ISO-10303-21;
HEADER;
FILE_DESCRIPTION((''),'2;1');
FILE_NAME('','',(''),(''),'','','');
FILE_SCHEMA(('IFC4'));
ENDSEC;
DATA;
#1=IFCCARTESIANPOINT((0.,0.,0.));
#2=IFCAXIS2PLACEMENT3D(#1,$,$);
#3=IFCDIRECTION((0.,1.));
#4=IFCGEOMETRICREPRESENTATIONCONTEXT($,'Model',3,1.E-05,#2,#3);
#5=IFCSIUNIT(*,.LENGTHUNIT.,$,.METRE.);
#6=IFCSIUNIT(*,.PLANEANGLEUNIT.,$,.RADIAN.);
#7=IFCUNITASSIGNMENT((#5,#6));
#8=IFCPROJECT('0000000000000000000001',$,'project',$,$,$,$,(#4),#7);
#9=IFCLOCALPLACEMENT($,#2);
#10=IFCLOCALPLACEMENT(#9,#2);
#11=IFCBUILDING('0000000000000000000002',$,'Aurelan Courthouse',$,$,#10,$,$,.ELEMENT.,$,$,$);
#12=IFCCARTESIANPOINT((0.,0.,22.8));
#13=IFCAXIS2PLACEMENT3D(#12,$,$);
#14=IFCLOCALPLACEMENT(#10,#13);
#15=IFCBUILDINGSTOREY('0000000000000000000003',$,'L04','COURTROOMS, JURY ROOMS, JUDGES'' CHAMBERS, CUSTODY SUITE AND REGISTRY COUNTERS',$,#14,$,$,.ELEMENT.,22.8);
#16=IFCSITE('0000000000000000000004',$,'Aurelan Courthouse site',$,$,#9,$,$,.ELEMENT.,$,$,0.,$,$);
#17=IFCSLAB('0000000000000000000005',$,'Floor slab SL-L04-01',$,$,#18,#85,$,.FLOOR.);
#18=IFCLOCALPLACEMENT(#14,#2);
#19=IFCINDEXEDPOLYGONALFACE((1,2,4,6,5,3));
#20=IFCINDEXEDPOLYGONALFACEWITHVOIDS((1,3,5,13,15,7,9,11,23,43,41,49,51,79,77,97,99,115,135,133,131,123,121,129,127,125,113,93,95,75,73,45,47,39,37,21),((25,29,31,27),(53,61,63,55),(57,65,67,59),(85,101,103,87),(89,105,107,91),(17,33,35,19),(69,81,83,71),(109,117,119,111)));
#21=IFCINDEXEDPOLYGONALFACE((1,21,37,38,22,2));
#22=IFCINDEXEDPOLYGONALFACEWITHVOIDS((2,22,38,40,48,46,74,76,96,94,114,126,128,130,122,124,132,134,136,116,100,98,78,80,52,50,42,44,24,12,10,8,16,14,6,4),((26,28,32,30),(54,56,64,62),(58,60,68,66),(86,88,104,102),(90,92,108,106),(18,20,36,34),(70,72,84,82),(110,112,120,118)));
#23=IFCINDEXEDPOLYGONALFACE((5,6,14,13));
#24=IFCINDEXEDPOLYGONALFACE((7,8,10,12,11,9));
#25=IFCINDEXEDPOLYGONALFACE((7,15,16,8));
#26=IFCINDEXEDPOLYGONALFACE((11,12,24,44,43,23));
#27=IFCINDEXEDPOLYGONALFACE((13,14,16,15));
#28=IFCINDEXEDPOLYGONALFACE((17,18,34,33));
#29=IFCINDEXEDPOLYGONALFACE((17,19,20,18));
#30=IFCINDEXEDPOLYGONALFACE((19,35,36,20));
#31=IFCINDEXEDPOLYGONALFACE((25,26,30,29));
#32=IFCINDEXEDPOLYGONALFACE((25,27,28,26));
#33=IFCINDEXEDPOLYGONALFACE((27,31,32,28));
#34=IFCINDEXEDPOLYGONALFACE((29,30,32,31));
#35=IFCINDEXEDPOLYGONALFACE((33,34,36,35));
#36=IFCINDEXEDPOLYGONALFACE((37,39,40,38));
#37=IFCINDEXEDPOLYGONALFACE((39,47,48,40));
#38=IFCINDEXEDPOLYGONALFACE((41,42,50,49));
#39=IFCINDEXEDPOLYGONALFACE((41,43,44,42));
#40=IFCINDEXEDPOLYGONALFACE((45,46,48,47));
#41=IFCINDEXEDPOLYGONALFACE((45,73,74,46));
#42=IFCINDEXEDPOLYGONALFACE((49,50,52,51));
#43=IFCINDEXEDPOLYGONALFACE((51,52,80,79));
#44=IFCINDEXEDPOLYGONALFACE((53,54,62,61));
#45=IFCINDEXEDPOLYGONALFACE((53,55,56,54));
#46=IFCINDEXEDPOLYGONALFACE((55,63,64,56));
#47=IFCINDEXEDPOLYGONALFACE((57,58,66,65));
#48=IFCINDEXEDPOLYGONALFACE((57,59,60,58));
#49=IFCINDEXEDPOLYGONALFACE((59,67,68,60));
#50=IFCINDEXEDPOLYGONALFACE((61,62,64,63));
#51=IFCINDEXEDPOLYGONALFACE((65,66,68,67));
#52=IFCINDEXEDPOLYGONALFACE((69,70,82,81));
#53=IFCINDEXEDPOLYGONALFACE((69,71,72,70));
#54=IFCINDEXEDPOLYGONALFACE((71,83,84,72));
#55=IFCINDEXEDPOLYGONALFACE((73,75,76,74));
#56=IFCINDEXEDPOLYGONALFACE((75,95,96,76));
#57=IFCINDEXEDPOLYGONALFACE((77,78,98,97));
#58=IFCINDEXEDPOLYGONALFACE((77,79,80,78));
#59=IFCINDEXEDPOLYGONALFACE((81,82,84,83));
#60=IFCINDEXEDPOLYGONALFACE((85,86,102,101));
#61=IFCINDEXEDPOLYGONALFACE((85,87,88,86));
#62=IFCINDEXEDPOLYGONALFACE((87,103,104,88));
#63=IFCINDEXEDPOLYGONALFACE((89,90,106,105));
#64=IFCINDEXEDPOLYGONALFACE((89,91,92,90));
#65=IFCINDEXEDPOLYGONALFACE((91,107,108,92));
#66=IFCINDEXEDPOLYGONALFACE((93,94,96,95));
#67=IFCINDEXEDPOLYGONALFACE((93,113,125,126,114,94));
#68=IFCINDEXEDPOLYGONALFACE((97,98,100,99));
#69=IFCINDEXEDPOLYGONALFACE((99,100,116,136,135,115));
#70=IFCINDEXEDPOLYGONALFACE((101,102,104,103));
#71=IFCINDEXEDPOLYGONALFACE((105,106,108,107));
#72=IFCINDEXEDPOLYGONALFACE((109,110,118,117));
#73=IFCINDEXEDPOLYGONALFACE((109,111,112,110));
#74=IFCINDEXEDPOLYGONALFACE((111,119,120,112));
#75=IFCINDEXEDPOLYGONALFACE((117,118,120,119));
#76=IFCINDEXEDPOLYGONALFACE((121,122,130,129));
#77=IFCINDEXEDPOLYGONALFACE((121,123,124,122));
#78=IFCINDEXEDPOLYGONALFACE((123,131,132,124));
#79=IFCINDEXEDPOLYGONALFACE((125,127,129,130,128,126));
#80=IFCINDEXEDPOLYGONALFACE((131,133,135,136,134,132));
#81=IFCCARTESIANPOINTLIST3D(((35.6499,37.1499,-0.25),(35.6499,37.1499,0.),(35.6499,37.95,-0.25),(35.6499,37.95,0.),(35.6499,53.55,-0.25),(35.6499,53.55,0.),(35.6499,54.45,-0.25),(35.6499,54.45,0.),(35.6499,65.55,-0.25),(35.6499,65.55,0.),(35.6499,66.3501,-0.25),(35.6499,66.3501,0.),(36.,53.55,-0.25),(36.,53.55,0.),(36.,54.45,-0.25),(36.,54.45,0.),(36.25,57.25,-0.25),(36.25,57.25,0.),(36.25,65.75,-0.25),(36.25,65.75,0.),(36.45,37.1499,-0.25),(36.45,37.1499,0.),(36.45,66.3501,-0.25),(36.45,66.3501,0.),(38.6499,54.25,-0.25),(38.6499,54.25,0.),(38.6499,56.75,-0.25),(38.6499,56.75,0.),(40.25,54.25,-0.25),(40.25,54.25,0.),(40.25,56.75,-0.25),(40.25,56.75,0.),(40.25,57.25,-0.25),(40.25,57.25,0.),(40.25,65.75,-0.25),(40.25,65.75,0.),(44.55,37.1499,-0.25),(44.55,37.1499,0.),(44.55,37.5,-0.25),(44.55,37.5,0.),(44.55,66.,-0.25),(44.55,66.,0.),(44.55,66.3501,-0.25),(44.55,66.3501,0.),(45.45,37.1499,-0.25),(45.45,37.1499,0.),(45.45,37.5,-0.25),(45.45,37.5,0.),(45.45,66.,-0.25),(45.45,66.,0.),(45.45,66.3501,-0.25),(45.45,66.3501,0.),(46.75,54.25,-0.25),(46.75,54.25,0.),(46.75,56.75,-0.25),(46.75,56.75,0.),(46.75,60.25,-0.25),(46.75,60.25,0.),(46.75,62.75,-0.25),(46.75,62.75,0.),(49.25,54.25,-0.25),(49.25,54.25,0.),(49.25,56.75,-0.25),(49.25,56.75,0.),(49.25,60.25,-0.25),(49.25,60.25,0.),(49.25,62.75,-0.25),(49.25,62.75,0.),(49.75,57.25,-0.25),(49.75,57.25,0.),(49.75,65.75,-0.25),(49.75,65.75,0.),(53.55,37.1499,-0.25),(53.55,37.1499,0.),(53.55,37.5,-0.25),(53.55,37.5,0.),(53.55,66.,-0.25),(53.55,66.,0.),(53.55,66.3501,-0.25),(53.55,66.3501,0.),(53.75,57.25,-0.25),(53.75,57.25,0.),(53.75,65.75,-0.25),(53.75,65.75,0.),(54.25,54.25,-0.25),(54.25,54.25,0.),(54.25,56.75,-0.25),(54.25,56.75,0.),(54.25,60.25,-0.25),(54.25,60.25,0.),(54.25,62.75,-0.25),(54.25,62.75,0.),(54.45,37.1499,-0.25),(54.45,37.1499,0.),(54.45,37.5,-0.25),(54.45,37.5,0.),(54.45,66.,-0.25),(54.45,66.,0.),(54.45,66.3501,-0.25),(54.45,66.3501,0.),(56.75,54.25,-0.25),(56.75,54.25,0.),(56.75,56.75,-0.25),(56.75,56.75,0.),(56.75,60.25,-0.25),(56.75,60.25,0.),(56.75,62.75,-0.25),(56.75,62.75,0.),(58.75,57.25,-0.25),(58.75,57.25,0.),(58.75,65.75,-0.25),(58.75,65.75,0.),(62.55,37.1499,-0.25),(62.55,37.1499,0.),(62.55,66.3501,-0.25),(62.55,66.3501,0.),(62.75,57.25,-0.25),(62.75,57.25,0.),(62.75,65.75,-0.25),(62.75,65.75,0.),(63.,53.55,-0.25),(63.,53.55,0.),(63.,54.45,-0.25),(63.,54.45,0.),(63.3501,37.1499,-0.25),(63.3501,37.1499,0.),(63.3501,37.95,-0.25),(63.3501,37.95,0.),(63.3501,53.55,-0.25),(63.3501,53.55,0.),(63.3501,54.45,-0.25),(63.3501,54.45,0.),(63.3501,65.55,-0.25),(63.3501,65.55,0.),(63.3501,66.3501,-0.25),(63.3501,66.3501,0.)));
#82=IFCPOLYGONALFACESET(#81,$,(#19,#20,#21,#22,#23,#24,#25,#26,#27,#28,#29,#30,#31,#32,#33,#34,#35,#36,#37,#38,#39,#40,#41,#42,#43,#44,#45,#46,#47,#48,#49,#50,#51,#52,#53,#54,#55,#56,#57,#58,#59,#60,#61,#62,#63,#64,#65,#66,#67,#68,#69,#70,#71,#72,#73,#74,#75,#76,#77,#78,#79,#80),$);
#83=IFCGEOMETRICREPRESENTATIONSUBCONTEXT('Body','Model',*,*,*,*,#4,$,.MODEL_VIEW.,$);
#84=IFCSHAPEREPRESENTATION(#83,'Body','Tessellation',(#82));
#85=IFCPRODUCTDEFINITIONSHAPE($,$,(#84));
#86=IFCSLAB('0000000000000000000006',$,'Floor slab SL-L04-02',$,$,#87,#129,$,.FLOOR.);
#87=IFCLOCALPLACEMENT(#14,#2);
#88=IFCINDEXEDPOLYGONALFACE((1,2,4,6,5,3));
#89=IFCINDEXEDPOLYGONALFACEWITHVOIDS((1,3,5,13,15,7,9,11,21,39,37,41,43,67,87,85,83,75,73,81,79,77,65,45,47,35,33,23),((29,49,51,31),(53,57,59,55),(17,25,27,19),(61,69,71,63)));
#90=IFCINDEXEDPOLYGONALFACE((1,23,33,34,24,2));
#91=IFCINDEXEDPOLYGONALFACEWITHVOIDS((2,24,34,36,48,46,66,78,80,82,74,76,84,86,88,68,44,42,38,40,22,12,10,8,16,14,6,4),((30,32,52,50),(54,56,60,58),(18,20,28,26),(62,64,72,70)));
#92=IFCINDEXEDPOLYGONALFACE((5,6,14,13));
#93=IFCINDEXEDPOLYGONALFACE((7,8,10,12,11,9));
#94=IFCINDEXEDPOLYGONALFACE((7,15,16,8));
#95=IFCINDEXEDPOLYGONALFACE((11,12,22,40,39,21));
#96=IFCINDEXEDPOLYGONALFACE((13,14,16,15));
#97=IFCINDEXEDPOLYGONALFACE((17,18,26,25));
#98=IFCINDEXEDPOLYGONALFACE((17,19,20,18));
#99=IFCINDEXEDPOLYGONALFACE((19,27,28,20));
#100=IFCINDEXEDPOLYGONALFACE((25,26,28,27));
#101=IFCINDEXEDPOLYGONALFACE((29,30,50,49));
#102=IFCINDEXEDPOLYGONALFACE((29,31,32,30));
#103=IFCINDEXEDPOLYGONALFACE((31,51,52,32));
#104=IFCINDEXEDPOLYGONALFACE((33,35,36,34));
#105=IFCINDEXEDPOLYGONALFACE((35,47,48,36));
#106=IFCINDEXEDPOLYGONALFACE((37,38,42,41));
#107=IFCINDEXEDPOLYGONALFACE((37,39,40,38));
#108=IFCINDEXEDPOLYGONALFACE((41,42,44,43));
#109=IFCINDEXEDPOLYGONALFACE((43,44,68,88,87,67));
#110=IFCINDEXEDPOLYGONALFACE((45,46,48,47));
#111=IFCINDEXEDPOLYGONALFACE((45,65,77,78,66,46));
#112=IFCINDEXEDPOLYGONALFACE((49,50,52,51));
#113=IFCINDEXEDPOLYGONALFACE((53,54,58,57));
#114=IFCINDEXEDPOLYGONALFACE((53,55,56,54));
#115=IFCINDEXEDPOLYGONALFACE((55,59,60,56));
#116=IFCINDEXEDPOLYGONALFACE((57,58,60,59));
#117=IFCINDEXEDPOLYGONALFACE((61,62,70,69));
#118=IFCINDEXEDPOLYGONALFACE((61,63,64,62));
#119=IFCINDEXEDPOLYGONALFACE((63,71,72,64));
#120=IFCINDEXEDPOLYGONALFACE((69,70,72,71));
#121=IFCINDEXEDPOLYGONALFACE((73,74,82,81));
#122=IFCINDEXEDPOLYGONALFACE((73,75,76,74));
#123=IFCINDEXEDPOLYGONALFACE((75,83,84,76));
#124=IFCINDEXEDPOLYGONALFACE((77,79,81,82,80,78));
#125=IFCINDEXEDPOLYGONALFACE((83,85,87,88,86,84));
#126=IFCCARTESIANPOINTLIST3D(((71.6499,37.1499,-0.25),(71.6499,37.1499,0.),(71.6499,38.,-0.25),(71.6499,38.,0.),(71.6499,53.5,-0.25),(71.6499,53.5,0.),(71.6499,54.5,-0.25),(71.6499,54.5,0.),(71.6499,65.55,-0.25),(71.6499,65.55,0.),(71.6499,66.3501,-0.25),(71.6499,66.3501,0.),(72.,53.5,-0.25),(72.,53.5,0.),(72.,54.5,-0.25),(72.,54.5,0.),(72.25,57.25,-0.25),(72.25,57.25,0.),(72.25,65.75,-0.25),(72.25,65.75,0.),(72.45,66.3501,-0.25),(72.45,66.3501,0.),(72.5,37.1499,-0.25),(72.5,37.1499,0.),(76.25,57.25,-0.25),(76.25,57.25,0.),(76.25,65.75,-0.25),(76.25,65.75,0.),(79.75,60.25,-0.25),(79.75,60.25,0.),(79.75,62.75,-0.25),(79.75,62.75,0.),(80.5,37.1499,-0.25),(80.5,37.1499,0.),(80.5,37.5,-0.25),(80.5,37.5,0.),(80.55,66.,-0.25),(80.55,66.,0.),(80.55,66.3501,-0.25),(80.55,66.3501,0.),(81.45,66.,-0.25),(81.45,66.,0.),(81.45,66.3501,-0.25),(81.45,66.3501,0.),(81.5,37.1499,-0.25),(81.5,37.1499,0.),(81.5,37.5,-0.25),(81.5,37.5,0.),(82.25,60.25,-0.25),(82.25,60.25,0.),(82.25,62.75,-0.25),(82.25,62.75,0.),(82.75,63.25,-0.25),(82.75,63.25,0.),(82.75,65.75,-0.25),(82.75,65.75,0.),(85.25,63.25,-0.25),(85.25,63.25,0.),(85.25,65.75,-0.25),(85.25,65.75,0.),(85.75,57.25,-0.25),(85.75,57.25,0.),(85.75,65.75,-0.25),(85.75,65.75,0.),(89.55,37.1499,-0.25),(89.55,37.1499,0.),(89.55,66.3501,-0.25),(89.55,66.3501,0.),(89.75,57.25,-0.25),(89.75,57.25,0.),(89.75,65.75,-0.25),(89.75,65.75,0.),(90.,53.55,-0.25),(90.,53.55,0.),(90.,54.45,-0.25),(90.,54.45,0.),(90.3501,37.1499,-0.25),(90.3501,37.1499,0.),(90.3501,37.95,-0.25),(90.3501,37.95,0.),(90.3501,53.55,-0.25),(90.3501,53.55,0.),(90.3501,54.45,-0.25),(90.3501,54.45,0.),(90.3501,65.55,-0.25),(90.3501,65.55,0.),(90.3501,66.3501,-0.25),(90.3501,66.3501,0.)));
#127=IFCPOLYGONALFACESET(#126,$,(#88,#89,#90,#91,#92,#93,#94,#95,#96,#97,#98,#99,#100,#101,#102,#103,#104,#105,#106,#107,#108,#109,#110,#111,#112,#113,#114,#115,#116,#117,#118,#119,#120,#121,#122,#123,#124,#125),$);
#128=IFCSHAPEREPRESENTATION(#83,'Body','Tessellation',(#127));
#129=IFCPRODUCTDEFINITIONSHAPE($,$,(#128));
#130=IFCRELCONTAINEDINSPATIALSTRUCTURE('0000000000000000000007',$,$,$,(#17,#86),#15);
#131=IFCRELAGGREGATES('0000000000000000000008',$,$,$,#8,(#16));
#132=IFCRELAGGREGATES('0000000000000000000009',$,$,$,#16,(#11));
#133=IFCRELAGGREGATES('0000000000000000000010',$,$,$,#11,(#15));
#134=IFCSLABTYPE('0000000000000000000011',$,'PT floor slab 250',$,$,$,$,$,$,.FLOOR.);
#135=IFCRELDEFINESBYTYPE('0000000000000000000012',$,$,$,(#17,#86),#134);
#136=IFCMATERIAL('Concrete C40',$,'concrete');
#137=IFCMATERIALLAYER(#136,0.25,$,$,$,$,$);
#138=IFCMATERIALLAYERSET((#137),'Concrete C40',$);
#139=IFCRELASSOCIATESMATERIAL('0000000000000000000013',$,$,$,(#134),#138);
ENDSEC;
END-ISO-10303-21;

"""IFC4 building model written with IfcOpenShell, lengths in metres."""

from ifc_helpers import new_model, si_unit, direction, frame, origin, place, context, subcontext, project, spatial, polyline, outline, extrude, material, layer, layer_set, type_object, element, save


model = new_model("IFC4")

# Units and contexts
model_context = context("Model", 3, precision=1e-05, world=origin(), true_north=direction((0.0, 1.0)))
body_context = subcontext(model_context, "Body", "Model", "MODEL_VIEW")
ifc_project = project(units=[si_unit("LENGTHUNIT", "METRE"), si_unit("PLANEANGLEUNIT", "RADIAN")], contexts=[model_context])

# Site, building, storey
site_placement = place(None, origin())
site = spatial("IfcSite", under=ifc_project, at=site_placement, Name="Aurelan Courthouse site", CompositionType="ELEMENT", RefElevation=0.0)
building_placement = place(site_placement, origin())
building = spatial("IfcBuilding", under=site, at=building_placement, Name="Aurelan Courthouse", CompositionType="ELEMENT")
storey_placement = place(building_placement, frame((0.0, 0.0, 22.8)))
storey = spatial("IfcBuildingStorey", under=building, at=storey_placement, Name="L04", Description="COURTROOMS, JURY ROOMS, JUDGES' CHAMBERS, CUSTODY SUITE AND REGISTRY COUNTERS", CompositionType="ELEMENT", Elevation=22.8)

# Slabs
ifc_material_1 = material(Name="Concrete C40", Category="concrete")
ifc_layer_1 = layer(ifc_material_1, 0.25)
ifc_layer_set_1 = layer_set([ifc_layer_1], Name="Concrete C40")
slab_type_1 = type_object("IfcSlabType", Name="PT floor slab 250", PredefinedType="FLOOR", material=ifc_layer_set_1)
slab_1_placement = place(storey_placement, frame((0.0, 0.0, -0.25)))
element("IfcSlab", 1, at=slab_1_placement, inside=storey, type_object=slab_type_1, Name="Floor slab SL-L04-01", PredefinedType="FLOOR", context=body_context, shape_type="SweptSolid", body=[
    extrude(outline(polyline([(35.6499, 66.3501), (35.6499, 65.55), (35.6499, 54.45), (36.0, 54.45), (36.0, 53.55), (35.6499, 53.55), (35.6499, 37.95), (35.6499, 37.1499), (36.45, 37.1499), (44.55, 37.1499), (44.55, 37.5), (45.45, 37.5), (45.45, 37.1499), (53.55, 37.1499), (53.55, 37.5), (54.45, 37.5), (54.45, 37.1499), (62.55, 37.1499), (63.3501, 37.1499), (63.3501, 37.95), (63.3501, 53.55), (63.0, 53.55), (63.0, 54.45), (63.3501, 54.45), (63.3501, 65.55), (63.3501, 66.3501), (62.55, 66.3501), (54.45, 66.3501), (54.45, 66.0), (53.55, 66.0), (53.55, 66.3501), (45.45, 66.3501), (45.45, 66.0), (44.55, 66.0), (44.55, 66.3501), (36.45, 66.3501), (35.6499, 66.3501)]), holes=[polyline([(58.75, 65.75), (62.75, 65.75), (62.75, 57.25), (58.75, 57.25), (58.75, 65.75)]), polyline([(56.75, 56.75), (56.75, 54.25), (54.25, 54.25), (54.25, 56.75), (56.75, 56.75)]), polyline([(56.75, 60.25), (54.25, 60.25), (54.25, 62.75), (56.75, 62.75), (56.75, 60.25)]), polyline([(49.75, 57.25), (49.75, 65.75), (53.75, 65.75), (53.75, 57.25), (49.75, 57.25)]), polyline([(46.75, 56.75), (49.25, 56.75), (49.25, 54.25), (46.75, 54.25), (46.75, 56.75)]), polyline([(46.75, 60.25), (46.75, 62.75), (49.25, 62.75), (49.25, 60.25), (46.75, 60.25)]), polyline([(40.25, 56.75), (40.25, 54.25), (38.6499, 54.25), (38.6499, 56.75), (40.25, 56.75)]), polyline([(40.25, 57.25), (36.25, 57.25), (36.25, 65.75), (40.25, 65.75), (40.25, 57.25)])]), origin(), (0.0, 0.0, 1.0), 0.25),
])
slab_2_placement = place(storey_placement, frame((0.0, 0.0, -0.25)))
element("IfcSlab", 2, at=slab_2_placement, inside=storey, type_object=slab_type_1, Name="Floor slab SL-L04-02", PredefinedType="FLOOR", context=body_context, shape_type="SweptSolid", body=[
    extrude(outline(polyline([(72.0, 53.5), (71.6499, 53.5), (71.6499, 38.0), (71.6499, 37.1499), (72.5, 37.1499), (80.5, 37.1499), (80.5, 37.5), (81.5, 37.5), (81.5, 37.1499), (89.55, 37.1499), (90.3501, 37.1499), (90.3501, 37.95), (90.3501, 53.55), (90.0, 53.55), (90.0, 54.45), (90.3501, 54.45), (90.3501, 65.55), (90.3501, 66.3501), (89.55, 66.3501), (81.45, 66.3501), (81.45, 66.0), (80.55, 66.0), (80.55, 66.3501), (72.45, 66.3501), (71.6499, 66.3501), (71.6499, 65.55), (71.6499, 54.5), (72.0, 54.5), (72.0, 53.5)]), holes=[polyline([(85.75, 57.25), (85.75, 65.75), (89.75, 65.75), (89.75, 57.25), (85.75, 57.25)]), polyline([(82.75, 65.75), (85.25, 65.75), (85.25, 63.25), (82.75, 63.25), (82.75, 65.75)]), polyline([(82.25, 62.75), (82.25, 60.25), (79.75, 60.25), (79.75, 62.75), (82.25, 62.75)]), polyline([(76.25, 57.25), (72.25, 57.25), (72.25, 65.75), (76.25, 65.75), (76.25, 57.25)])]), origin(), (0.0, 0.0, 1.0), 0.25),
])

save(model, "model.ifc")
